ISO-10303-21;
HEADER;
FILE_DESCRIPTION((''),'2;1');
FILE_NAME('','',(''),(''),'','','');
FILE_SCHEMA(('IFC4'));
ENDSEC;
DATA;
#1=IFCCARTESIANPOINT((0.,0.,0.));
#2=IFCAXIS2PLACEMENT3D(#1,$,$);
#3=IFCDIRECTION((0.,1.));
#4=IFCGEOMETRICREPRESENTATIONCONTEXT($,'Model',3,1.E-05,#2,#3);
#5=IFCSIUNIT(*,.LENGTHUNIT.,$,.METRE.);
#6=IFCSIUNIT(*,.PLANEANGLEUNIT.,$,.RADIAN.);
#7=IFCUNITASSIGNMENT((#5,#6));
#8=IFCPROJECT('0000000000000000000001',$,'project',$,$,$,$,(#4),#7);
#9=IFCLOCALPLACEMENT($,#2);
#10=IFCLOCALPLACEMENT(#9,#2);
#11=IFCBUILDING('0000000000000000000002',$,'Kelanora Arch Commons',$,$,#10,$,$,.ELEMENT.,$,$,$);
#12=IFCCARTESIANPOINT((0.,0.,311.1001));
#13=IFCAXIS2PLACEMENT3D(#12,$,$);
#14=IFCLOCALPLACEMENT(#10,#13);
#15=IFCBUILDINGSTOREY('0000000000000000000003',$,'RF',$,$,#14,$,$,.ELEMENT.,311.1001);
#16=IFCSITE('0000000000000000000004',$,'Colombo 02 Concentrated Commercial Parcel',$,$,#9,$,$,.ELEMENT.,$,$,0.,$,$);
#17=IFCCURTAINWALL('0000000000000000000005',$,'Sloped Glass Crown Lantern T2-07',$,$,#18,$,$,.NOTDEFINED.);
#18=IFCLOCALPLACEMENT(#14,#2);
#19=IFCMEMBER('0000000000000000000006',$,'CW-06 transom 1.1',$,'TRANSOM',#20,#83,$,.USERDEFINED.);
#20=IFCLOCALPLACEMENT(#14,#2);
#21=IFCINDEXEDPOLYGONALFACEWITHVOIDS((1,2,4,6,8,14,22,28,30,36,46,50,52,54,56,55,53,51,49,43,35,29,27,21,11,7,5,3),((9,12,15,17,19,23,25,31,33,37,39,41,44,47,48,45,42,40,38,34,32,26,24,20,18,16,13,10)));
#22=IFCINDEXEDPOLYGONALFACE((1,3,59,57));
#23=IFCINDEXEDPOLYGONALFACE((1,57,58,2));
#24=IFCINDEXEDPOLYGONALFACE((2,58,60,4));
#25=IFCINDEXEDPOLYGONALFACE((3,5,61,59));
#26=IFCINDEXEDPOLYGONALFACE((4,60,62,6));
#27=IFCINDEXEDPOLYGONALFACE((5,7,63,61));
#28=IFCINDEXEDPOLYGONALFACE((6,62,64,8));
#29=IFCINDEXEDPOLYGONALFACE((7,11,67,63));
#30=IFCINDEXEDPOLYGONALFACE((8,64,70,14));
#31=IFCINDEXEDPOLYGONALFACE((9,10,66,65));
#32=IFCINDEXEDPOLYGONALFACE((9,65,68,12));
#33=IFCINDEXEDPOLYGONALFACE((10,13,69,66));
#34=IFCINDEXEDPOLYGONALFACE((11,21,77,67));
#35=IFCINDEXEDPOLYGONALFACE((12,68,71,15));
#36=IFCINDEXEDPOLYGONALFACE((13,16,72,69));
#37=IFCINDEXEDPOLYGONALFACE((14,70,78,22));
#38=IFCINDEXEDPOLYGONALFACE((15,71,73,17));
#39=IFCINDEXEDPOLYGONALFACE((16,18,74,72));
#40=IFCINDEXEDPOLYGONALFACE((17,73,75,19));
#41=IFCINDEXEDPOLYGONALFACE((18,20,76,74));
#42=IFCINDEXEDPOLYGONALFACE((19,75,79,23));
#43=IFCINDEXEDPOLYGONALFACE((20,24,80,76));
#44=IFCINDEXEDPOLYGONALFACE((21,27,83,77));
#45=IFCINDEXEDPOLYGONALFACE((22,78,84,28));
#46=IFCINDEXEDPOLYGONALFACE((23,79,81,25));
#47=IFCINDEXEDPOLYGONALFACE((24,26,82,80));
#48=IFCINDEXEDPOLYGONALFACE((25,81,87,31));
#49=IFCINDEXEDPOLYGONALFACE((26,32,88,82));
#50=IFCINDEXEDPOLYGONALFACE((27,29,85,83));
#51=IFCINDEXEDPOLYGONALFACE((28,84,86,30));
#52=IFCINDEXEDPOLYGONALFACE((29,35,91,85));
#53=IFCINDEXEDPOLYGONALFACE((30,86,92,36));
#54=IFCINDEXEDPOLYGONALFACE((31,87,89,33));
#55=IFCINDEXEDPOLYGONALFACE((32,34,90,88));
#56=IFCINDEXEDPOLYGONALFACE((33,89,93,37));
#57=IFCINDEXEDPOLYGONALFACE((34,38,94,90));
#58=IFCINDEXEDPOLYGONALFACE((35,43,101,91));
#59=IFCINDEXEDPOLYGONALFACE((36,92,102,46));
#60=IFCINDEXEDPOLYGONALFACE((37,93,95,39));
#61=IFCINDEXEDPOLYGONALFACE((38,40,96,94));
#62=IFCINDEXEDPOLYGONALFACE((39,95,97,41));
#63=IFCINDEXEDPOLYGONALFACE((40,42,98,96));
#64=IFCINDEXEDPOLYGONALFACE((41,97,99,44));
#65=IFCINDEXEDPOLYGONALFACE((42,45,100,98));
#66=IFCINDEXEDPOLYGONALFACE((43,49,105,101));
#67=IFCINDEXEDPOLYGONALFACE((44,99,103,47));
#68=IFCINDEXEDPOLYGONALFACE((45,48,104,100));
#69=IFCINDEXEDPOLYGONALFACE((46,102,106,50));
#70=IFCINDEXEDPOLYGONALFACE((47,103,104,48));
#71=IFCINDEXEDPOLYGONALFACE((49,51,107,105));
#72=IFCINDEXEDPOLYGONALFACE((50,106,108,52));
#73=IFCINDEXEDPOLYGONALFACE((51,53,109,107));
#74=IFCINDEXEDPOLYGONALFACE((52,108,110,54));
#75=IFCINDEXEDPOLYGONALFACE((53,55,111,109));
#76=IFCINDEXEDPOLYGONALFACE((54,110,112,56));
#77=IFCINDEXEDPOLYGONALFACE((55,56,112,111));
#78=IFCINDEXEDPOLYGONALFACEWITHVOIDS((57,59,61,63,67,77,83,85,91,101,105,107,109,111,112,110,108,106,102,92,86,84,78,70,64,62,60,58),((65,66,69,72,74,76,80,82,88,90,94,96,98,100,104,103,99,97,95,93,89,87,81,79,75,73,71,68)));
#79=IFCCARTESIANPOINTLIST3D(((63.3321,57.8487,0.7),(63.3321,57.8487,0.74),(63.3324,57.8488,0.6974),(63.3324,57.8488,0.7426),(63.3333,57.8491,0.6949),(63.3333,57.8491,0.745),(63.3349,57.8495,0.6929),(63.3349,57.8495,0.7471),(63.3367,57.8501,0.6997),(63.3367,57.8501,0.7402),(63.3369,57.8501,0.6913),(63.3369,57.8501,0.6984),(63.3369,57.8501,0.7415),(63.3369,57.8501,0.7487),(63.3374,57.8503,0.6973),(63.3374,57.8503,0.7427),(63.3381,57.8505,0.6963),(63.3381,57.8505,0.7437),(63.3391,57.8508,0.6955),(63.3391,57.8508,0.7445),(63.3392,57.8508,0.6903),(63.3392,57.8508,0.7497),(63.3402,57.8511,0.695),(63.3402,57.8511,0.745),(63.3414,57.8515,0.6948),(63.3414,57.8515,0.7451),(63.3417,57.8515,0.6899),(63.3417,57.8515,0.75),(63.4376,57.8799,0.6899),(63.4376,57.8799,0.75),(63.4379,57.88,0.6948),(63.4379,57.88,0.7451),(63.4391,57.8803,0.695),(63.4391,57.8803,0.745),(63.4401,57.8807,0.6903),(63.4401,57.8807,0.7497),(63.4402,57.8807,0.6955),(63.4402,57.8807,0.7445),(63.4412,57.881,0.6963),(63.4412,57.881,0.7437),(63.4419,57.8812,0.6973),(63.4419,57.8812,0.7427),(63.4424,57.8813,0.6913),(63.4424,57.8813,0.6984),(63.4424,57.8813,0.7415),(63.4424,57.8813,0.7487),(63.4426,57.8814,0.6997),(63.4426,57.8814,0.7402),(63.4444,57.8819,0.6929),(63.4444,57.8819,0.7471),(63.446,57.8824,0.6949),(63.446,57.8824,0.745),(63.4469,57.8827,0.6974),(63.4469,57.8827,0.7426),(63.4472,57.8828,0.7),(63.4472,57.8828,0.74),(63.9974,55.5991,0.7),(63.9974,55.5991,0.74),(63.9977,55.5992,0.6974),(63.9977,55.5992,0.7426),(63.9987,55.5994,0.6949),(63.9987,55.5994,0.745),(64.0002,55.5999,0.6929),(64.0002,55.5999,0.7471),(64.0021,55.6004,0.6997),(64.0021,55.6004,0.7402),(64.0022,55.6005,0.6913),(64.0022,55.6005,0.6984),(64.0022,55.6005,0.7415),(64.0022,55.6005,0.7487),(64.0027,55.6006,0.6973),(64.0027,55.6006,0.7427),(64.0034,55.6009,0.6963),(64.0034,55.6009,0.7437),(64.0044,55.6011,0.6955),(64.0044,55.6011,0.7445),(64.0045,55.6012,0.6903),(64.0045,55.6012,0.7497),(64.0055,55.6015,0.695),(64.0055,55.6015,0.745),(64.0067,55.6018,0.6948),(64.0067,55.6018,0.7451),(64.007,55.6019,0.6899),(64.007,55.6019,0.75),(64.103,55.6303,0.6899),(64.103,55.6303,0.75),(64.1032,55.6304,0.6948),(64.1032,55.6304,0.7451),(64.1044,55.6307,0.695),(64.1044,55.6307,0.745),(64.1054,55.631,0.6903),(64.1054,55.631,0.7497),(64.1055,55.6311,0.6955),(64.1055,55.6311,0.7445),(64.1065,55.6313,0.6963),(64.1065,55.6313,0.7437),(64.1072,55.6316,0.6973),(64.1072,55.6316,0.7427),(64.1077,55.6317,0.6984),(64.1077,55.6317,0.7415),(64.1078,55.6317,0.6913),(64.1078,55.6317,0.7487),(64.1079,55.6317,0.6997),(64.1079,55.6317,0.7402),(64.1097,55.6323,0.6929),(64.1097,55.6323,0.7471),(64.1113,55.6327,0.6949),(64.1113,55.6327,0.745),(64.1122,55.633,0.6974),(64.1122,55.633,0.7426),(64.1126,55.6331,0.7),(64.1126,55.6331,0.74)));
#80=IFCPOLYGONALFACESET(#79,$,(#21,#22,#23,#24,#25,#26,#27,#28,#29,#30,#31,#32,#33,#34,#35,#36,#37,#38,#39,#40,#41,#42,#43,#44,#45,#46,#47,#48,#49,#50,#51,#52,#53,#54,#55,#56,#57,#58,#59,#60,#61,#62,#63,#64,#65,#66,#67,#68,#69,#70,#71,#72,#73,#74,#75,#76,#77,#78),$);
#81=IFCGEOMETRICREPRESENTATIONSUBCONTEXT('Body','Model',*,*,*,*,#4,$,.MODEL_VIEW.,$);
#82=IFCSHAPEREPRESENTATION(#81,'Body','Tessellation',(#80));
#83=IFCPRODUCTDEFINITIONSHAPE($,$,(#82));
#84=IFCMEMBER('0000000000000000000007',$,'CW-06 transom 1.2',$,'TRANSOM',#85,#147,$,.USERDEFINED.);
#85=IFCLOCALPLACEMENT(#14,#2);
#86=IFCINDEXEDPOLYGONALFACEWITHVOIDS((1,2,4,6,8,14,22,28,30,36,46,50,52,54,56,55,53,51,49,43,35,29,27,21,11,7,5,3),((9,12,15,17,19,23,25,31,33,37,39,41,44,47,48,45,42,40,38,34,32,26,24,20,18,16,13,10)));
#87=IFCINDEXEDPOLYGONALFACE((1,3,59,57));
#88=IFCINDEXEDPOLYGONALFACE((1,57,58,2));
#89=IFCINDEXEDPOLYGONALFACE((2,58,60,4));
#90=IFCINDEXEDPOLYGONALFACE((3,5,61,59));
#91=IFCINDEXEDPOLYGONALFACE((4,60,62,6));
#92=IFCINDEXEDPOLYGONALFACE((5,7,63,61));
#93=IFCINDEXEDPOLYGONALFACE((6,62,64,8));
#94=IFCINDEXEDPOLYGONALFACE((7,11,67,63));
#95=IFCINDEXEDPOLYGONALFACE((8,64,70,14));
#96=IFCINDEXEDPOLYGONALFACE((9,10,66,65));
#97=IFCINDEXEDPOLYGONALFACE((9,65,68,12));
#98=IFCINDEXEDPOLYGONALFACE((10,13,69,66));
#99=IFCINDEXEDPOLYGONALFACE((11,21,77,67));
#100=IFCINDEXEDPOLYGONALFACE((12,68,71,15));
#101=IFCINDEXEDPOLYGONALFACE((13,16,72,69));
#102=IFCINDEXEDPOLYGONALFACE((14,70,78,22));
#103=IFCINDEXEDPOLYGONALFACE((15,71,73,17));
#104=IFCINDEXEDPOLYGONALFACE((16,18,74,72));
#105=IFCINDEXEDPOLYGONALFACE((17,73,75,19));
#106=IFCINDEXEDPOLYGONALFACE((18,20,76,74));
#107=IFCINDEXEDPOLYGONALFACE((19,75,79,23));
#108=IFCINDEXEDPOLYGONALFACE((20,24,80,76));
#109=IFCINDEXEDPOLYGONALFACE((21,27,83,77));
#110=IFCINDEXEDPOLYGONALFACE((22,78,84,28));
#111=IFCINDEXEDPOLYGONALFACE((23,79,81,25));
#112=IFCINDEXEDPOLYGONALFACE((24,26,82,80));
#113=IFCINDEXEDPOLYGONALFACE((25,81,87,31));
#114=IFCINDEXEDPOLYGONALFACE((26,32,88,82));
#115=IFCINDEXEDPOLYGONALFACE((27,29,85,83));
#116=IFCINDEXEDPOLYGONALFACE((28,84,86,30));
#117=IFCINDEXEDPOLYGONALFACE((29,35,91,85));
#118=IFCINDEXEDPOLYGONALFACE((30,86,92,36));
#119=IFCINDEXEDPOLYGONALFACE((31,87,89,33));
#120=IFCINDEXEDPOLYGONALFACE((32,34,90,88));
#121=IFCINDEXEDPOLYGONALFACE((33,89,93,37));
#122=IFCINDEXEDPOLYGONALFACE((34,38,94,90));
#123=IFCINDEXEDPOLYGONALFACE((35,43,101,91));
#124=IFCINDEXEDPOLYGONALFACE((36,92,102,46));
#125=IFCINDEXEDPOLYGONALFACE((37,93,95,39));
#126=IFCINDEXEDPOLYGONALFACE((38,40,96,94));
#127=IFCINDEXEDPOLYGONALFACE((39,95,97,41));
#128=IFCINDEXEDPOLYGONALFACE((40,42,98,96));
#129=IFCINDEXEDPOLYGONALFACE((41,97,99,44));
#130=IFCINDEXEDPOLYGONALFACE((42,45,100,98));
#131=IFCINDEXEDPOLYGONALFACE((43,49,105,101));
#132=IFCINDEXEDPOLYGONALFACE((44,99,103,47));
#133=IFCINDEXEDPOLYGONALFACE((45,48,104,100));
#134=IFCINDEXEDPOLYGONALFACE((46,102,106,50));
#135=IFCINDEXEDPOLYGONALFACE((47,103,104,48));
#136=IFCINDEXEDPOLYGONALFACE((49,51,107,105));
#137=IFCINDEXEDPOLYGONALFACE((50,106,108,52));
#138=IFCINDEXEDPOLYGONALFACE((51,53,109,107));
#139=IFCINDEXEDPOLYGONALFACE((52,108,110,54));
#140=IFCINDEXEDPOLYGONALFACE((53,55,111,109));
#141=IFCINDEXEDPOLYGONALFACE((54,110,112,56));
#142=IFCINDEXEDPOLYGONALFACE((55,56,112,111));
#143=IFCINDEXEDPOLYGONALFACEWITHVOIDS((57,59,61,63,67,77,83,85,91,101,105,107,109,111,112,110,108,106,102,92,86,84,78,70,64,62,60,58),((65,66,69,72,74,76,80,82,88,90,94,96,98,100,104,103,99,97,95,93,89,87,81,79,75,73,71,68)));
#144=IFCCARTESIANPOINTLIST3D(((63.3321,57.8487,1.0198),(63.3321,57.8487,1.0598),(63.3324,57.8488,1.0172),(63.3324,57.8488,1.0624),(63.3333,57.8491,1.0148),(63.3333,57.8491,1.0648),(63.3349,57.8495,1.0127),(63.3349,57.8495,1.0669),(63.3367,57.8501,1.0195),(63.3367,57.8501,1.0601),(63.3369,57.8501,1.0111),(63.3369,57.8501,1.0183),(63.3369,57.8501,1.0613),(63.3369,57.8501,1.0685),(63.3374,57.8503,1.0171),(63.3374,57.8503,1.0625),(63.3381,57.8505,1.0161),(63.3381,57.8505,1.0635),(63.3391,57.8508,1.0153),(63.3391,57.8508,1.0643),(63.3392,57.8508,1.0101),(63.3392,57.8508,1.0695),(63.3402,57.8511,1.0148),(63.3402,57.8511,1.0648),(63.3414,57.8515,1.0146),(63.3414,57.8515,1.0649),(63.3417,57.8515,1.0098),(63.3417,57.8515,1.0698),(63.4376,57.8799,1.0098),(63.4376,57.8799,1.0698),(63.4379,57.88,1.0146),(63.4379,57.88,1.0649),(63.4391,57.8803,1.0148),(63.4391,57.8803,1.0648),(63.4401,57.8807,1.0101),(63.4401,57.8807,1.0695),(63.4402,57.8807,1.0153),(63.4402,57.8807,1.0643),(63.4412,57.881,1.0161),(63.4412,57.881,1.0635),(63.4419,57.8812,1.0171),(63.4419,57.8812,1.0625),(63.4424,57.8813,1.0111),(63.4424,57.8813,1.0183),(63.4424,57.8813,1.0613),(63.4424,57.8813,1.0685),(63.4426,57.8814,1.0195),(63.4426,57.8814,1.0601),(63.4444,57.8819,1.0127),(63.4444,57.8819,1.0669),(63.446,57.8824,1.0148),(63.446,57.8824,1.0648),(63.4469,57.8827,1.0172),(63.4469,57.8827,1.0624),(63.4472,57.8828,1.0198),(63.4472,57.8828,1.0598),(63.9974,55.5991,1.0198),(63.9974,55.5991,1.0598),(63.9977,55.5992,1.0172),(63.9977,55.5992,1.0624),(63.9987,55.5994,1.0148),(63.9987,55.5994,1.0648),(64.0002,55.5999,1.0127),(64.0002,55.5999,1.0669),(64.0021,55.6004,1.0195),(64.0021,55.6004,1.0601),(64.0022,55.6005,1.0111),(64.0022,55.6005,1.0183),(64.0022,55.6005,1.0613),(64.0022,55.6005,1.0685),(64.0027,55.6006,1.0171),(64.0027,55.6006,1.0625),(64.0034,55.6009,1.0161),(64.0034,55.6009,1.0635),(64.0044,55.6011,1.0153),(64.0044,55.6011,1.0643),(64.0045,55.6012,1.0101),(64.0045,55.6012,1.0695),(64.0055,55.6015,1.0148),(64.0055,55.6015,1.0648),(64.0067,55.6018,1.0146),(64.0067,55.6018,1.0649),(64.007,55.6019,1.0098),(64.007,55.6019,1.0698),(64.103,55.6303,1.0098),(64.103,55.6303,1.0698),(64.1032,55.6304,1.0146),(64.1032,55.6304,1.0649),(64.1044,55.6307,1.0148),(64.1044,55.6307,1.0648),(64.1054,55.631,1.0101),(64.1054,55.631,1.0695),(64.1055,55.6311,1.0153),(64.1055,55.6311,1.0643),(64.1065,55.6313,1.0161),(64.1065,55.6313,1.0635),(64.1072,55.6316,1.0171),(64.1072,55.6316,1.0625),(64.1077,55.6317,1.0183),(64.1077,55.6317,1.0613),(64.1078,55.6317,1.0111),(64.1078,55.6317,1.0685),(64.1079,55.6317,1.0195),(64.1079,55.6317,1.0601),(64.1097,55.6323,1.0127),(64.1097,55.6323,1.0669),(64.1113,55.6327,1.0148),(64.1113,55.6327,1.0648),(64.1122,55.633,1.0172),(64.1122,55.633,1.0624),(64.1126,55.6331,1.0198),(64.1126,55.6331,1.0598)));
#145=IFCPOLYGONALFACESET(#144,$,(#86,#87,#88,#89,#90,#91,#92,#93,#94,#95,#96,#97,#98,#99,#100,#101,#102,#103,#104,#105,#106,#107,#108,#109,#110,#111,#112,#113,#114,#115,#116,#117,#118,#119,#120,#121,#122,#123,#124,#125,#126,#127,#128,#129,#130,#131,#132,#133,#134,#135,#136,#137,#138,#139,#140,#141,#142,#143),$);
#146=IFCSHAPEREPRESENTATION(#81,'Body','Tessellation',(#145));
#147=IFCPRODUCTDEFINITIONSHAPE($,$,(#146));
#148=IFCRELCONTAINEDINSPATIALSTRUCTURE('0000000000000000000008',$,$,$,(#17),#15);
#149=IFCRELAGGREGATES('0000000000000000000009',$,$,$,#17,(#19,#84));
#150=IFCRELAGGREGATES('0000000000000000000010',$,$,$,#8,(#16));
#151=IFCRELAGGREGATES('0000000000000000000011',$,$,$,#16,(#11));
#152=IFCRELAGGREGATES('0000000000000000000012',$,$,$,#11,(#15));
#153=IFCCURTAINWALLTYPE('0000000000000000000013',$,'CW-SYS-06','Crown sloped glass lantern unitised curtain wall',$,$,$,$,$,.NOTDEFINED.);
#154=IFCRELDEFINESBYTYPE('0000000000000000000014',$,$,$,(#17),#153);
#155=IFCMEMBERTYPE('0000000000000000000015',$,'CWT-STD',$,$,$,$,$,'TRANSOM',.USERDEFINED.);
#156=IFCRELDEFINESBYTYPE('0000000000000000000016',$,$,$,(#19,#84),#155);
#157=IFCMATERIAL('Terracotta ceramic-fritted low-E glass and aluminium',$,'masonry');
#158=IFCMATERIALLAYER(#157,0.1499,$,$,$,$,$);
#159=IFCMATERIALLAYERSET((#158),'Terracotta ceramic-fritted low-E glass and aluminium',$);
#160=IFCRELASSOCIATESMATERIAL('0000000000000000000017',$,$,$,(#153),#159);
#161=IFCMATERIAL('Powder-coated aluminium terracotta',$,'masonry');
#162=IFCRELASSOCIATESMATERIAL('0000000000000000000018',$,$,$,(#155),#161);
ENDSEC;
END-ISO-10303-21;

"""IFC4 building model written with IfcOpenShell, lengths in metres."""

from ifc_helpers import new_model, si_unit, direction, frame, origin, origin_2d, place, context, subcontext, project, spatial, hollow_rectangle, extrude, material, layer, layer_set, material_profile, profile_set, type_object, element, aggregate, save


model = new_model("IFC4")

# Units and contexts
model_context = context("Model", 3, precision=1e-05, world=origin(), true_north=direction((0.0, 1.0)))
body_context = subcontext(model_context, "Body", "Model", "MODEL_VIEW")
ifc_project = project(units=[si_unit("LENGTHUNIT", "METRE"), si_unit("PLANEANGLEUNIT", "RADIAN")], contexts=[model_context])

# Site, building, storey
site_placement = place(None, origin())
site = spatial("IfcSite", under=ifc_project, at=site_placement, Name="Colombo 02 Concentrated Commercial Parcel", CompositionType="ELEMENT", RefElevation=0.0)
building_placement = place(site_placement, origin())
building = spatial("IfcBuilding", under=site, at=building_placement, Name="Kelanora Arch Commons", CompositionType="ELEMENT")
storey_placement = place(building_placement, frame((0.0, 0.0, 311.1001)))
storey = spatial("IfcBuildingStorey", under=building, at=storey_placement, Name="RF", CompositionType="ELEMENT", Elevation=311.1001)

# Curtain wall
ifc_material_1 = material(Name="Terracotta ceramic-fritted low-E glass and aluminium", Category="masonry")
ifc_layer_1 = layer(ifc_material_1, 0.1499)
ifc_layer_set_1 = layer_set([ifc_layer_1], Name="Terracotta ceramic-fritted low-E glass and aluminium")
curtain_wall_type = type_object("IfcCurtainWallType", Name="CW-SYS-06", Description="Crown sloped glass lantern unitised curtain wall", PredefinedType="NOTDEFINED", material=ifc_layer_set_1)
ifc_material_2 = material(Name="Powder-coated aluminium terracotta", Category="masonry")
curtain_wall_1_placement = place(storey_placement, origin())
curtain_wall_1 = element("IfcCurtainWall", 1, at=curtain_wall_1_placement, inside=storey, type_object=curtain_wall_type, Name="Sloped Glass Crown Lantern T2-07", PredefinedType="NOTDEFINED")

# Members
ifc_material_profile_1 = material_profile(ifc_material_2, hollow_rectangle(XDim=0.1201, YDim=0.0601, WallThickness=0.0049, InnerFilletRadius=0.0049, OuterFilletRadius=0.01, at=origin_2d()), Name="CWT120x60")
ifc_profile_set_1 = profile_set([ifc_material_profile_1], Name="Powder-coated aluminium terracotta")
member_type_1 = type_object("IfcMemberType", Name="CWT-STD", ElementType="TRANSOM", PredefinedType="USERDEFINED", material=ifc_profile_set_1)
member_1_placement = place(storey_placement, frame((63.3896, 57.8657, 0.72), z_axis=(0.283603, -0.958942, 0.0), x_axis=(0.958942, 0.283603, 0.0)))
member_1 = element("IfcMember", 2, at=member_1_placement, type_object=member_type_1, Name="CW-06 transom 1.1", ObjectType="TRANSOM", PredefinedType="USERDEFINED", context=body_context, shape_type="SweptSolid", body=[
    extrude(hollow_rectangle(XDim=0.1201, YDim=0.0601, WallThickness=0.0049, InnerFilletRadius=0.0049, OuterFilletRadius=0.01, at=origin_2d()), origin(), (0.0, 0.0, 1.0), 2.3459),
])
member_2_placement = place(storey_placement, frame((63.3896, 57.8657, 1.0398), z_axis=(0.283603, -0.958942, 0.0), x_axis=(0.958942, 0.283603, 0.0)))
member_2 = element("IfcMember", 3, at=member_2_placement, type_object=member_type_1, Name="CW-06 transom 1.2", ObjectType="TRANSOM", PredefinedType="USERDEFINED", context=body_context, shape_type="SweptSolid", body=[
    extrude(hollow_rectangle(XDim=0.1201, YDim=0.0601, WallThickness=0.0049, InnerFilletRadius=0.0049, OuterFilletRadius=0.01, at=origin_2d()), origin(), (0.0, 0.0, 1.0), 2.3459),
])

aggregate(curtain_wall_1, [member_1, member_2])

save(model, "model.ifc")
